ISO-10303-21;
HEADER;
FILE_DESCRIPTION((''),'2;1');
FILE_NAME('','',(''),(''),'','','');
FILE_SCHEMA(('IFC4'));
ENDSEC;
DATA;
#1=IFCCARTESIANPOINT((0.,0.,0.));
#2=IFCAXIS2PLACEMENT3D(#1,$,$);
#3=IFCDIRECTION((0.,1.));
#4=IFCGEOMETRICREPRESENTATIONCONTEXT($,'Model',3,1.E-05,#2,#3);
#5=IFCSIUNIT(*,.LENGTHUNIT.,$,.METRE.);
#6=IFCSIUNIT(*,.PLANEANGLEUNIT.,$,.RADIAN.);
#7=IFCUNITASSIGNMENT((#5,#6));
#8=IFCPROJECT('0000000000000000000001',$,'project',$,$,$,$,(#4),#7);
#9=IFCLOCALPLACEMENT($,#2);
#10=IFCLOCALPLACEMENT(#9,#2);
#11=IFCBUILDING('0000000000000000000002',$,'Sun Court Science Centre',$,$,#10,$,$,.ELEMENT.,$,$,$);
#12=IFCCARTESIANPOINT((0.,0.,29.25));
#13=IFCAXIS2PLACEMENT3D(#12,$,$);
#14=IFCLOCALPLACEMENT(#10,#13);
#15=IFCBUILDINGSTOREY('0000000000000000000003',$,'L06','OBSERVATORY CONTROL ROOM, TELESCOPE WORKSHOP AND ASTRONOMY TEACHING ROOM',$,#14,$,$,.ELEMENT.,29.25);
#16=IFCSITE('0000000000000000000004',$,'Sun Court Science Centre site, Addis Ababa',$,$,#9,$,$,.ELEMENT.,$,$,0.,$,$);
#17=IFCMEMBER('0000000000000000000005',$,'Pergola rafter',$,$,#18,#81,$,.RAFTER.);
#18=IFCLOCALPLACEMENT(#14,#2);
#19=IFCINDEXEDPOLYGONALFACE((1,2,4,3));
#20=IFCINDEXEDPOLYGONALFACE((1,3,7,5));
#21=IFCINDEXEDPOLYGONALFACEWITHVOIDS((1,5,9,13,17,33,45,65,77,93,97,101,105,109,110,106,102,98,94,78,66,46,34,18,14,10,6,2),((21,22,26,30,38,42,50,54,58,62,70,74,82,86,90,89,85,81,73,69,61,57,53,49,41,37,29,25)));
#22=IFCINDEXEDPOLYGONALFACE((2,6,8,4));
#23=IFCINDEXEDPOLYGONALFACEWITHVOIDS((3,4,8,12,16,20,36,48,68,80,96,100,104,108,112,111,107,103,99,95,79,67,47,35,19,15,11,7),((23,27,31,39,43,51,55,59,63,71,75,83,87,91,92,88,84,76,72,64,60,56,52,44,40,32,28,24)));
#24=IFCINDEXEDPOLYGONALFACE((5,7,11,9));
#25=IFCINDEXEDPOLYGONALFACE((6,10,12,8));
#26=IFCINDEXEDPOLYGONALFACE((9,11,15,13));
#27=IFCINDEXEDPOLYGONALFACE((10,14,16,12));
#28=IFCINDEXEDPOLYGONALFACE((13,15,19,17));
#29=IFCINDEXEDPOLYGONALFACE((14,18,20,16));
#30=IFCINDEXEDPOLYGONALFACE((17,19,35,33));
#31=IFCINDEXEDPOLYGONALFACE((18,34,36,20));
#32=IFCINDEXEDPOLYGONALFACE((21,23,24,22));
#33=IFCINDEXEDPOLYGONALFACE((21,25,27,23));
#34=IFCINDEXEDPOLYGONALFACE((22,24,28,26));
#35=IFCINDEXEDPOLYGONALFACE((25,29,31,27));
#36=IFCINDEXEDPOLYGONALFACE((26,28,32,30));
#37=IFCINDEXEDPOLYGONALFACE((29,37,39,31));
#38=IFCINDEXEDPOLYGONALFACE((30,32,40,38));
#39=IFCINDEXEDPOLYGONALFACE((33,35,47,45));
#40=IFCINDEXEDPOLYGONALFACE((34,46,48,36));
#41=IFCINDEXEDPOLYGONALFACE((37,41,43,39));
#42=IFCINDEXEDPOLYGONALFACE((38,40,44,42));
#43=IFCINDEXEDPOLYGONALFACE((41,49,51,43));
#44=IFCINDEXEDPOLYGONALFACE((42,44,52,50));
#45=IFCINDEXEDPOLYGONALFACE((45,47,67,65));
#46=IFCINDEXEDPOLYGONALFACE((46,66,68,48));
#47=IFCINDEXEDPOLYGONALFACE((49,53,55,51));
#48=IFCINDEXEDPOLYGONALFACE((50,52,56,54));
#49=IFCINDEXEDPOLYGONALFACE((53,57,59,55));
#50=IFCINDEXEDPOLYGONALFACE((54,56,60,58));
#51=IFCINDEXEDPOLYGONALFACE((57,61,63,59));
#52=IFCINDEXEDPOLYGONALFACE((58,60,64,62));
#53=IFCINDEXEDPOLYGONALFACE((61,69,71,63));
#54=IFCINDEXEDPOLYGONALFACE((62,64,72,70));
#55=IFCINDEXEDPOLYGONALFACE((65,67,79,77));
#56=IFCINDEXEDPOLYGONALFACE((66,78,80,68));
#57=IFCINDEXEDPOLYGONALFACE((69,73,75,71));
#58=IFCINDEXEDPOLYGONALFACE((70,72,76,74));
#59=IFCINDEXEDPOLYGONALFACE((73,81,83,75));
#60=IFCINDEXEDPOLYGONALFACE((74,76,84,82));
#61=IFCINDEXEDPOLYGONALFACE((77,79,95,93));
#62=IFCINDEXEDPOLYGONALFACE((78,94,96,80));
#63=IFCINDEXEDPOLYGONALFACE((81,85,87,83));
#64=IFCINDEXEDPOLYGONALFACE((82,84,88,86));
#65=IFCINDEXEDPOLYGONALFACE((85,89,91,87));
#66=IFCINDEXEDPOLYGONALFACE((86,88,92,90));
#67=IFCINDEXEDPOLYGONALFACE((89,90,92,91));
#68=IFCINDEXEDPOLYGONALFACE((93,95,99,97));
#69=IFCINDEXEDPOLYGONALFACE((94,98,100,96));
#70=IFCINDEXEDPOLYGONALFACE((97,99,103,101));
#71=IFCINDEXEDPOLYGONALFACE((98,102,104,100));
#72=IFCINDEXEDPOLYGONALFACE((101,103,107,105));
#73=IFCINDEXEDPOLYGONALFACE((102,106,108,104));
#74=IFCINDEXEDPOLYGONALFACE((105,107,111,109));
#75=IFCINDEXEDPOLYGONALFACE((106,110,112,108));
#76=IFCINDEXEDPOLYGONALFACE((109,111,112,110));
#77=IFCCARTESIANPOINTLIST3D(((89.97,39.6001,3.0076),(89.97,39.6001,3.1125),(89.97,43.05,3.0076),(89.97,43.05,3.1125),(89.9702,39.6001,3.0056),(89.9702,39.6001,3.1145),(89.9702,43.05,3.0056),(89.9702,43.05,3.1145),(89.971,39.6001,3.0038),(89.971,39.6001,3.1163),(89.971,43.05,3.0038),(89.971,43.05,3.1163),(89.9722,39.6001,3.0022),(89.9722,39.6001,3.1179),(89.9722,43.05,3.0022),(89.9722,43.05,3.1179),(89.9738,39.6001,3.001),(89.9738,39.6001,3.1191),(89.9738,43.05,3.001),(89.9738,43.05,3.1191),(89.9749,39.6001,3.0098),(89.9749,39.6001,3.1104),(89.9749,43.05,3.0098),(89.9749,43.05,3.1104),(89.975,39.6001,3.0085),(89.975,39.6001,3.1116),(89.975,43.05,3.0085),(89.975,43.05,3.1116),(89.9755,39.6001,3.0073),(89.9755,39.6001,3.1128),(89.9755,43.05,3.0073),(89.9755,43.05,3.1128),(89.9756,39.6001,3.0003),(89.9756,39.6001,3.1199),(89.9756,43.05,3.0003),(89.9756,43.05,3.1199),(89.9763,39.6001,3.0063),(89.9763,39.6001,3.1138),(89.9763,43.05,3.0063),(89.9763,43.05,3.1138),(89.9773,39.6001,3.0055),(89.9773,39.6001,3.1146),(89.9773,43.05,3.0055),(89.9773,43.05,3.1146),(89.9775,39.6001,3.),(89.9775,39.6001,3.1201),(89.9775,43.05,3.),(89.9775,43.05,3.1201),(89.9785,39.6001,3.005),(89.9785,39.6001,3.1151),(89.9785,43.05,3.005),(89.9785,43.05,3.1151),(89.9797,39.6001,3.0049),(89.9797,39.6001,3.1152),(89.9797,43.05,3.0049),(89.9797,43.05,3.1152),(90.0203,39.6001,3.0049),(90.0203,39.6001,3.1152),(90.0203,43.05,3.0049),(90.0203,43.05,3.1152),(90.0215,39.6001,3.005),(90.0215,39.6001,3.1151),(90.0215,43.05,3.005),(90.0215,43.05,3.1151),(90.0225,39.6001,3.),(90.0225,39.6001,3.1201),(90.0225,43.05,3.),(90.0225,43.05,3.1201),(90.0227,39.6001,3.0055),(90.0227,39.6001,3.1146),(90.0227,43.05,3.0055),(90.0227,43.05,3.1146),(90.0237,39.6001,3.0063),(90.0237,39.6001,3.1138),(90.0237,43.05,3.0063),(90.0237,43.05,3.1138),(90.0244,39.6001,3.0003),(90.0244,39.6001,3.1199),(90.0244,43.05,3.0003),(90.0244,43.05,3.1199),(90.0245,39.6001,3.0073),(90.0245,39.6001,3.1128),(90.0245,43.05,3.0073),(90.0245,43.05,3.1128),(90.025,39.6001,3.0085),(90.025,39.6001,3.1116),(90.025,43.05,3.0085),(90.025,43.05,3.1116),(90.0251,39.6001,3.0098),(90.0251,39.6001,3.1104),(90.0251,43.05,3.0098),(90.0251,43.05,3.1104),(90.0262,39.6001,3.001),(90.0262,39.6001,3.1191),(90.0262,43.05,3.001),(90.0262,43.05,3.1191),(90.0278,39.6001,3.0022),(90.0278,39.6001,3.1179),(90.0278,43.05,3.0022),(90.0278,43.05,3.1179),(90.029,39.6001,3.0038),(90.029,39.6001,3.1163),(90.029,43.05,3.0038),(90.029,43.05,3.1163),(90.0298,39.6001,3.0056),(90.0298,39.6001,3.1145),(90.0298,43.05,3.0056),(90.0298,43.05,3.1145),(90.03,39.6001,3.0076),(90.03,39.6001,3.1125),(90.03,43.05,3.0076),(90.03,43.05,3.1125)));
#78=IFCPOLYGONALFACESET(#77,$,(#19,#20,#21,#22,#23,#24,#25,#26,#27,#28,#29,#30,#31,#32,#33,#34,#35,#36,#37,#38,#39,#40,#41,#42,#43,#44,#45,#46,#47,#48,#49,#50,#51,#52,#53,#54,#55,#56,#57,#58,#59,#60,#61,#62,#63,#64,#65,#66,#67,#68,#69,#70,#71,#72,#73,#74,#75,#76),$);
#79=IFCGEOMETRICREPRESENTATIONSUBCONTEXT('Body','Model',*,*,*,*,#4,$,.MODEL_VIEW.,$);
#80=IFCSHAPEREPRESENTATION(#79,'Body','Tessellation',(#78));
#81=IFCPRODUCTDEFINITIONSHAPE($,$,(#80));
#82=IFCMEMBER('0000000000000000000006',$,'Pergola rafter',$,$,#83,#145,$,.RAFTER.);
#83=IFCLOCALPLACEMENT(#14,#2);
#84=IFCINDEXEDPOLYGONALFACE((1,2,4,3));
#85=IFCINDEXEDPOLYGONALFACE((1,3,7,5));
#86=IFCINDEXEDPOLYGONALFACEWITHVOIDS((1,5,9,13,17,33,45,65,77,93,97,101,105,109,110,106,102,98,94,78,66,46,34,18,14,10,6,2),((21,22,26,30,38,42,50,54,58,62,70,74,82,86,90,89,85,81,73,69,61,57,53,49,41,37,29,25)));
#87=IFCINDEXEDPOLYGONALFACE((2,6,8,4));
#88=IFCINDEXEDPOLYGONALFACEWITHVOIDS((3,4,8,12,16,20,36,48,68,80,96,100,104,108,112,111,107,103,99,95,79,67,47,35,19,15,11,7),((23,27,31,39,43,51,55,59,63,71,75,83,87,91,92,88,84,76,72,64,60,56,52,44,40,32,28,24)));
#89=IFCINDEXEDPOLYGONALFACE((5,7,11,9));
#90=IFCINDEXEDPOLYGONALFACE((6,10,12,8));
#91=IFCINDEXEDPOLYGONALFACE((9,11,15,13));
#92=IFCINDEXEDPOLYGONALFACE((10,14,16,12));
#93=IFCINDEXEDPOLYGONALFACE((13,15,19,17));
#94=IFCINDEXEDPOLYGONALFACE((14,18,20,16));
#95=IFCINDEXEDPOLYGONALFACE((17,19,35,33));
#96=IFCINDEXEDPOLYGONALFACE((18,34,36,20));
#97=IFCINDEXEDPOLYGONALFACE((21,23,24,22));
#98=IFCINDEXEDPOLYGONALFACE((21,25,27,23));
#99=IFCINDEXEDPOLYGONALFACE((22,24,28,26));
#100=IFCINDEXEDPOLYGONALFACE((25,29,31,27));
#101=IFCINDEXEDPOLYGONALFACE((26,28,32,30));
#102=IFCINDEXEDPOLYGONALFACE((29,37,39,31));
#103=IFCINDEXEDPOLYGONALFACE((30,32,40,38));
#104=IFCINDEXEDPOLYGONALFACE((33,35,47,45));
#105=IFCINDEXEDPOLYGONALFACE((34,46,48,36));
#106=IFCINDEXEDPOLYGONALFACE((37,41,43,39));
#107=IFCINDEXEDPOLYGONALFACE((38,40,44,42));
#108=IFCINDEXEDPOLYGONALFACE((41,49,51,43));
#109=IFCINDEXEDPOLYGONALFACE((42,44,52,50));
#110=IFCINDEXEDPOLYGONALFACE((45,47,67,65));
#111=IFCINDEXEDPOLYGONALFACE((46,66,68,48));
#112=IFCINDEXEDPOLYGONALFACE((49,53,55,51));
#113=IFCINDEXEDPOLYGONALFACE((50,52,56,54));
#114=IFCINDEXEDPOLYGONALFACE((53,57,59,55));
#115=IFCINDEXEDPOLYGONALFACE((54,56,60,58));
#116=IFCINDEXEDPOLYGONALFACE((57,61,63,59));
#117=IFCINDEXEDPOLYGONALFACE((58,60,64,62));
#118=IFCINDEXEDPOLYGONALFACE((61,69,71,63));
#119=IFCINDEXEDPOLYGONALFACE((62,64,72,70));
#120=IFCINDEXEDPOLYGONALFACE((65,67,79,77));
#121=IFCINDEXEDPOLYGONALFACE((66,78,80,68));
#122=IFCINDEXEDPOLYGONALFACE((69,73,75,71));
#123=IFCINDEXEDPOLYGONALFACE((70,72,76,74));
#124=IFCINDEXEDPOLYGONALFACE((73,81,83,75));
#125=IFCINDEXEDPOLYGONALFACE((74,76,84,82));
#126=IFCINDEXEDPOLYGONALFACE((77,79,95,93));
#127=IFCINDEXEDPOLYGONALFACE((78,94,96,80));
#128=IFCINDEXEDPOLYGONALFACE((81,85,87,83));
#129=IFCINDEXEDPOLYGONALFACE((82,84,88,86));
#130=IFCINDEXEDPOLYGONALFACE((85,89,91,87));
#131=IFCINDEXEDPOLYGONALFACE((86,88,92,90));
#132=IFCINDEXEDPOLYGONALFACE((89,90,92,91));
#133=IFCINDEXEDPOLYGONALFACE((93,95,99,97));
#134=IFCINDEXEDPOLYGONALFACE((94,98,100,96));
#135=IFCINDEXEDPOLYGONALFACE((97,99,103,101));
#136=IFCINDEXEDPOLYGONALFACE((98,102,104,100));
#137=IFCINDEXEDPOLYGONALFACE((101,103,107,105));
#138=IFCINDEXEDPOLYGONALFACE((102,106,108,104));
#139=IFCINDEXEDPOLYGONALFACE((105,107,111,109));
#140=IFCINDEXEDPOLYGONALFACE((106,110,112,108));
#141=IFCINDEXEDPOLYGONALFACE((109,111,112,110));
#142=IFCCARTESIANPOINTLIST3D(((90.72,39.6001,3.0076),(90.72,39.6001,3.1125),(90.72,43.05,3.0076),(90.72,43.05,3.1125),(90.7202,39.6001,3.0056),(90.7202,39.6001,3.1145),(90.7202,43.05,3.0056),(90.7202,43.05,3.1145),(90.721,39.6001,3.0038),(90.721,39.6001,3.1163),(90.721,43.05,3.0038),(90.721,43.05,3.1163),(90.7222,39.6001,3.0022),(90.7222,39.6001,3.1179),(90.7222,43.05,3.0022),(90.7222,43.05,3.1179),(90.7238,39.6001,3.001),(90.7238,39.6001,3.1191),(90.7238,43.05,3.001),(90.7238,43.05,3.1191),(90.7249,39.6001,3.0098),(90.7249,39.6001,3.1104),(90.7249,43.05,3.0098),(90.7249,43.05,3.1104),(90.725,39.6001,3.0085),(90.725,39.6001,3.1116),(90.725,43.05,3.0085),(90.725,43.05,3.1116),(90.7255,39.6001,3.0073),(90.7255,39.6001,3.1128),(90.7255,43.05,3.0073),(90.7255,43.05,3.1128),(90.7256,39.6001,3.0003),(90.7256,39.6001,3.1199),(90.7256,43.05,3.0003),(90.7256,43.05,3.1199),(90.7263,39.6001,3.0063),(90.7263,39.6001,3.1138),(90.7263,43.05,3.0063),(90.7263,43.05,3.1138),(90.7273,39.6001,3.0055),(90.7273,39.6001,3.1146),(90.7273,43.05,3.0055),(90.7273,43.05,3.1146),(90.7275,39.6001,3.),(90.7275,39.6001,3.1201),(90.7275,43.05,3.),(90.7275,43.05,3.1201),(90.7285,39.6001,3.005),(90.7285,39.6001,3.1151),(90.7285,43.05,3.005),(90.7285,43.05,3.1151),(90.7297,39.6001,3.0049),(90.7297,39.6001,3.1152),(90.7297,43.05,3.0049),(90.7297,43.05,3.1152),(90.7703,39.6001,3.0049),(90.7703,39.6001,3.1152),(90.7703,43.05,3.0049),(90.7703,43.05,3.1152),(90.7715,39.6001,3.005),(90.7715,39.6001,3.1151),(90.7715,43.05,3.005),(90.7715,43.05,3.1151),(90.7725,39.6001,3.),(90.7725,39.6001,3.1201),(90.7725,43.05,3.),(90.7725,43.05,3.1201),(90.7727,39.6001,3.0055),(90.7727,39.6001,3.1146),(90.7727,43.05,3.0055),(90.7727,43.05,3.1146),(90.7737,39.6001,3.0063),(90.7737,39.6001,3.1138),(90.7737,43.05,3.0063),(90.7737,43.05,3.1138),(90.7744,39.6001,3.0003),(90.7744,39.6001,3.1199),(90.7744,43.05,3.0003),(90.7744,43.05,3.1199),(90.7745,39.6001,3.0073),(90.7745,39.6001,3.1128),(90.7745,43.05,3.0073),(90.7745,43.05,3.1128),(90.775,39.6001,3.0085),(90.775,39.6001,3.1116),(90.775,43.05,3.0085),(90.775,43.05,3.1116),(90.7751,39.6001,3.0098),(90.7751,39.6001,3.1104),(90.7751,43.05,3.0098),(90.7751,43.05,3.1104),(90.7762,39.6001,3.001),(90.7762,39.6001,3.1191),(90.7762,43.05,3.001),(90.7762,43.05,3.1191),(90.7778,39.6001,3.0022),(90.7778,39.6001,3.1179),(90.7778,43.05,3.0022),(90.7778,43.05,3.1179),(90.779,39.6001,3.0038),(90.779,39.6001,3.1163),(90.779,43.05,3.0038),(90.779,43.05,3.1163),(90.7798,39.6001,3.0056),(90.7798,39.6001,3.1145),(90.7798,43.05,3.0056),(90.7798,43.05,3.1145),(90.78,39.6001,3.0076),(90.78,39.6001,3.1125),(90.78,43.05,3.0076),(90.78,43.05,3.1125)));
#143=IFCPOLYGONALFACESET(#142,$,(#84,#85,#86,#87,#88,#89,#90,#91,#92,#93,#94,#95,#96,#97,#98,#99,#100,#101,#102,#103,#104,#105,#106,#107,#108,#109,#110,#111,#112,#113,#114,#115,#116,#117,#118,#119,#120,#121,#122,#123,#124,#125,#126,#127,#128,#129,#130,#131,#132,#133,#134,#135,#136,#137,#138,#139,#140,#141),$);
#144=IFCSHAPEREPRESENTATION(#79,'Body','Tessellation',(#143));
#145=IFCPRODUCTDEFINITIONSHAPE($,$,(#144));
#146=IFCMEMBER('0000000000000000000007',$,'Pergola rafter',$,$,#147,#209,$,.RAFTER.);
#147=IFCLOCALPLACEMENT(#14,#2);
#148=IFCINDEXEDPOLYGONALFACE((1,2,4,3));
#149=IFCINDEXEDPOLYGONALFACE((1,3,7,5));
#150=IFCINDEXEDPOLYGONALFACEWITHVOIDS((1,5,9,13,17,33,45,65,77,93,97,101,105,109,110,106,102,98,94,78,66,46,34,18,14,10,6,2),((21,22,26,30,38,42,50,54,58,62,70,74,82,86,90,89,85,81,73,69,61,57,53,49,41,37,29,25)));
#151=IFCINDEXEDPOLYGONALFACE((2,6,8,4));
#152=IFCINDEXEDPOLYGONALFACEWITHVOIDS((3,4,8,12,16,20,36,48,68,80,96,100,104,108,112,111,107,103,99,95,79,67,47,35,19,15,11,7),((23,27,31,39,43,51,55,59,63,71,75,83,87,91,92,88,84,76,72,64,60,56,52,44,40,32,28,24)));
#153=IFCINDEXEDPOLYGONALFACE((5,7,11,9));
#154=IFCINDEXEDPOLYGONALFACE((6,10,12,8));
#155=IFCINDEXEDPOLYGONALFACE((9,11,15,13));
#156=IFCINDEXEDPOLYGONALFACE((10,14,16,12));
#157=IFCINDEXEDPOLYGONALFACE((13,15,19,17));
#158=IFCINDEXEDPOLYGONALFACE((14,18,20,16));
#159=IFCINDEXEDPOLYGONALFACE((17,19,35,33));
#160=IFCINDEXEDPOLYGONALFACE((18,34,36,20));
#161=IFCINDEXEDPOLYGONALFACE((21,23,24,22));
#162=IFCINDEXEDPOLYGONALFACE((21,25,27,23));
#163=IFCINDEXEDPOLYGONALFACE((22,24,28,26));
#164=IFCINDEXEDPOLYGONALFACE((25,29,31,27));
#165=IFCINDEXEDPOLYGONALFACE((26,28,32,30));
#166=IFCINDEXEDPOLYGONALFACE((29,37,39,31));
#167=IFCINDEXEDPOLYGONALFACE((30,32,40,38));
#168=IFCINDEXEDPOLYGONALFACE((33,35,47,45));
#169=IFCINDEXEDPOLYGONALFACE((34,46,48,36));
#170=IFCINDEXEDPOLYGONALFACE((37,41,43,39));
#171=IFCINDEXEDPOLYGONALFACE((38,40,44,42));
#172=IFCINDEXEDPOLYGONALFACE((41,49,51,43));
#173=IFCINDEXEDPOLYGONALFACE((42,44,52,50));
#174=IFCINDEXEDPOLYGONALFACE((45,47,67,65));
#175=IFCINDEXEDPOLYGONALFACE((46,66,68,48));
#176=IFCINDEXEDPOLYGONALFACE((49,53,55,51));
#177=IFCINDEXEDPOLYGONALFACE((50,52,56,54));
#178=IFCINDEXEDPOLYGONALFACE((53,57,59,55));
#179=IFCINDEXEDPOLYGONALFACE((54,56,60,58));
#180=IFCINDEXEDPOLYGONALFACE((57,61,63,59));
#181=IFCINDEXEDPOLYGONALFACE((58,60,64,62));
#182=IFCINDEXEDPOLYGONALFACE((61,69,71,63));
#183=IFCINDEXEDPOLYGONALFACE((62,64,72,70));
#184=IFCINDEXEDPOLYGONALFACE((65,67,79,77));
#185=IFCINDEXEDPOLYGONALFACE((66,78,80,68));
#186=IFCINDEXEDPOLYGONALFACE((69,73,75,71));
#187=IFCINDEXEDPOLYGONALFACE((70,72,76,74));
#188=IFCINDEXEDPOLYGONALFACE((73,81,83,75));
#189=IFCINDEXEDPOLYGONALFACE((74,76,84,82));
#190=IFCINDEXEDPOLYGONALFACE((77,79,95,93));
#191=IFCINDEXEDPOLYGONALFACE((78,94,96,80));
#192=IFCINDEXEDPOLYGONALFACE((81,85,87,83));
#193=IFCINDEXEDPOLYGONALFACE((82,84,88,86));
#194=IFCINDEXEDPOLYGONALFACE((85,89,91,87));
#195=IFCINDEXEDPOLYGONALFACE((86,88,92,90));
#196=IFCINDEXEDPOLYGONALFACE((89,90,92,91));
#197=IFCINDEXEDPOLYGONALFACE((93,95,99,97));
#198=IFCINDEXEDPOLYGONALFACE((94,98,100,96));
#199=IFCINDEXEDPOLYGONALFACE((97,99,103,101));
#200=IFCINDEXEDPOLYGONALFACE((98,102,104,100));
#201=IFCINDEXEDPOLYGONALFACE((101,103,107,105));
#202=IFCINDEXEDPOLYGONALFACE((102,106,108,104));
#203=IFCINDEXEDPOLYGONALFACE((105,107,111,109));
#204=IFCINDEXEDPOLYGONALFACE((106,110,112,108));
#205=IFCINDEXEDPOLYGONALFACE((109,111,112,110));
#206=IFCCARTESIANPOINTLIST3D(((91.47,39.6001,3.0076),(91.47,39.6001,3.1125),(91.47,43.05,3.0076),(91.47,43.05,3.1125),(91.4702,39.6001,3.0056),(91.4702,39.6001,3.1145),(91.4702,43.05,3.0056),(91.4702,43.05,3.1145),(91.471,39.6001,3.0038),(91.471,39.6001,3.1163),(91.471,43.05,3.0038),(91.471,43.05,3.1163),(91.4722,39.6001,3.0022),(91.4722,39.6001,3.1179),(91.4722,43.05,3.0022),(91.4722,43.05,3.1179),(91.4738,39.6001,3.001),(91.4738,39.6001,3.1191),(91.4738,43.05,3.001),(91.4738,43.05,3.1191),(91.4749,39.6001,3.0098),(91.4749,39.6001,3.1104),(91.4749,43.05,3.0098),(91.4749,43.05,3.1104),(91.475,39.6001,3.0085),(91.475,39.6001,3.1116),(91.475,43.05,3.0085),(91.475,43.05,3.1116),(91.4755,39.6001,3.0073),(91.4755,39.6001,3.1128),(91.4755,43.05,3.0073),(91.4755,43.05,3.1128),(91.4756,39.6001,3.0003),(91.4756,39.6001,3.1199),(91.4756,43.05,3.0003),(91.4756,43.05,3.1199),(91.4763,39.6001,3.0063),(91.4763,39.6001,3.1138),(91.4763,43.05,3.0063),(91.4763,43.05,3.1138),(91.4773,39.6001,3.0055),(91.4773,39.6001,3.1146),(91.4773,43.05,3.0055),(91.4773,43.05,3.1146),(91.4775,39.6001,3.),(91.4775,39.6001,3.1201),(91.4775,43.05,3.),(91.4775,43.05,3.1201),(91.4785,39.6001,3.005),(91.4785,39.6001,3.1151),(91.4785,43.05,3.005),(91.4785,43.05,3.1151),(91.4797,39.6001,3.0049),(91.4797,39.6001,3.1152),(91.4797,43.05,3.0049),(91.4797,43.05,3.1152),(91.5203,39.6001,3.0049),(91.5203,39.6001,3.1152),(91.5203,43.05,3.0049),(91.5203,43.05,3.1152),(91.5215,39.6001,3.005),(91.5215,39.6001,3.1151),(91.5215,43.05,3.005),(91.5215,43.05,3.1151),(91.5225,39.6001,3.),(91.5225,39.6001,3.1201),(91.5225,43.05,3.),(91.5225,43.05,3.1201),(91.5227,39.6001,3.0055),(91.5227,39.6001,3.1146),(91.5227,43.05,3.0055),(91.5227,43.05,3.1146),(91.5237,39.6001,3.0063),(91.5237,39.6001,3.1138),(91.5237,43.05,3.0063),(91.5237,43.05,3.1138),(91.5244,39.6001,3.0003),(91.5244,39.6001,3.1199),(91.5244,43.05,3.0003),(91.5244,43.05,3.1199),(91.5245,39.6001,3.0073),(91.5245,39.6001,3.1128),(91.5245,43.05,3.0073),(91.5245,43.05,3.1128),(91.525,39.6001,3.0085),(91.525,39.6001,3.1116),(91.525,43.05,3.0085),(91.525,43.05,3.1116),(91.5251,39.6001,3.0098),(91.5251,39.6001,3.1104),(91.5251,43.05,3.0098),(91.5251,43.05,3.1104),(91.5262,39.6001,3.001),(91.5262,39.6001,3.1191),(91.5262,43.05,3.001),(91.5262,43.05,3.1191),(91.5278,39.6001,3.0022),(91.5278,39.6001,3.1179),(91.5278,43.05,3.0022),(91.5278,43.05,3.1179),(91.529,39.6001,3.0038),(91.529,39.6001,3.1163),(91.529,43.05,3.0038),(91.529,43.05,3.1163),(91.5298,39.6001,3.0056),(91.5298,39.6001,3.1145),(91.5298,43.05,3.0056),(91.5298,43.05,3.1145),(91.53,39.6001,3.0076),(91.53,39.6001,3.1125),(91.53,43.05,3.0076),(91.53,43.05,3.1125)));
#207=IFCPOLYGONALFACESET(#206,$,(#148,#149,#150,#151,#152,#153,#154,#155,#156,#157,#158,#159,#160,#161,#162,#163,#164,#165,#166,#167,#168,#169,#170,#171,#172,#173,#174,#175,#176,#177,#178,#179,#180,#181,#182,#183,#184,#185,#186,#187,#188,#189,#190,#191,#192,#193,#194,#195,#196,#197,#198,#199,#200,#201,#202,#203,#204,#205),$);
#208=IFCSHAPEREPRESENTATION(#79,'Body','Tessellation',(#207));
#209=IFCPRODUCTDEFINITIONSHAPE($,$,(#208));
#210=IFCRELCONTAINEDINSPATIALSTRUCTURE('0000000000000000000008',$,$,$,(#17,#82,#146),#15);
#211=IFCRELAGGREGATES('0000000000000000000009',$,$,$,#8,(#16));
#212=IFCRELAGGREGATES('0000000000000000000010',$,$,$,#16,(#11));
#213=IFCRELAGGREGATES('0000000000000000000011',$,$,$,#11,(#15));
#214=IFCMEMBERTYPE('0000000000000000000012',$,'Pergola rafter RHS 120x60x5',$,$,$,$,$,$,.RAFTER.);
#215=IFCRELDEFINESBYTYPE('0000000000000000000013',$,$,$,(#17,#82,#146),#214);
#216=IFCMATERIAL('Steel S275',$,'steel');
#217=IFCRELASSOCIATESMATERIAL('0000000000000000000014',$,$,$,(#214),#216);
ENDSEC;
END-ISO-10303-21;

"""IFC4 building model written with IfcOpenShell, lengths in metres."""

from ifc_helpers import new_model, si_unit, direction, frame, origin, origin_2d, place, context, subcontext, project, spatial, hollow_rectangle, extrude, material, material_profile, profile_set, type_object, element, save


model = new_model("IFC4")

# Units and contexts
model_context = context("Model", 3, precision=1e-05, world=origin(), true_north=direction((0.0, 1.0)))
body_context = subcontext(model_context, "Body", "Model", "MODEL_VIEW")
ifc_project = project(units=[si_unit("LENGTHUNIT", "METRE"), si_unit("PLANEANGLEUNIT", "RADIAN")], contexts=[model_context])

# Site, building, storey
site_placement = place(None, origin())
site = spatial("IfcSite", under=ifc_project, at=site_placement, Name="Sun Court Science Centre site, Addis Ababa", CompositionType="ELEMENT", RefElevation=0.0)
building_placement = place(site_placement, origin())
building = spatial("IfcBuilding", under=site, at=building_placement, Name="Sun Court Science Centre", CompositionType="ELEMENT")
storey_placement = place(building_placement, frame((0.0, 0.0, 29.25)))
storey = spatial("IfcBuildingStorey", under=building, at=storey_placement, Name="L06", Description="OBSERVATORY CONTROL ROOM, TELESCOPE WORKSHOP AND ASTRONOMY TEACHING ROOM", CompositionType="ELEMENT", Elevation=29.25)

# Members
ifc_material_1 = material(Name="Steel S275", Category="steel")
ifc_material_profile_1 = material_profile(ifc_material_1, hollow_rectangle(XDim=0.0601, YDim=0.1201, WallThickness=0.0049, InnerFilletRadius=0.0049, OuterFilletRadius=0.0076, at=origin_2d()), Name="RHS 120x60x5")
ifc_profile_set_1 = profile_set([ifc_material_profile_1], Name="Steel S275")
member_type_1 = type_object("IfcMemberType", Name="Pergola rafter RHS 120x60x5", PredefinedType="RAFTER", material=ifc_profile_set_1)
for number, where, z_axis, x_axis, name in (
    (1, (90.0, 39.6001, 3.0601), (0.0, 1.0, 0.0), (-1.0, 0.0, 0.0), "Pergola rafter"),
    (2, (90.75, 39.6001, 3.0601), (0.0, 1.0, 0.0), (-1.0, 0.0, 0.0), "Pergola rafter"),
    (3, (91.5, 39.6001, 3.0601), (0.0, 1.0, 0.0), (-1.0, 0.0, 0.0), "Pergola rafter"),
):
    element("IfcMember", number, at=place(storey_placement, frame(where, z_axis=z_axis, x_axis=x_axis)), inside=storey, type_object=member_type_1, Name=name, PredefinedType="RAFTER", context=body_context, shape_type="SweptSolid", body=[
        extrude(hollow_rectangle(XDim=0.0601, YDim=0.1201, WallThickness=0.0049, InnerFilletRadius=0.0049, OuterFilletRadius=0.0076, at=origin_2d()), origin(), (0.0, 0.0, 1.0), 3.45),
    ])

save(model, "model.ifc")
